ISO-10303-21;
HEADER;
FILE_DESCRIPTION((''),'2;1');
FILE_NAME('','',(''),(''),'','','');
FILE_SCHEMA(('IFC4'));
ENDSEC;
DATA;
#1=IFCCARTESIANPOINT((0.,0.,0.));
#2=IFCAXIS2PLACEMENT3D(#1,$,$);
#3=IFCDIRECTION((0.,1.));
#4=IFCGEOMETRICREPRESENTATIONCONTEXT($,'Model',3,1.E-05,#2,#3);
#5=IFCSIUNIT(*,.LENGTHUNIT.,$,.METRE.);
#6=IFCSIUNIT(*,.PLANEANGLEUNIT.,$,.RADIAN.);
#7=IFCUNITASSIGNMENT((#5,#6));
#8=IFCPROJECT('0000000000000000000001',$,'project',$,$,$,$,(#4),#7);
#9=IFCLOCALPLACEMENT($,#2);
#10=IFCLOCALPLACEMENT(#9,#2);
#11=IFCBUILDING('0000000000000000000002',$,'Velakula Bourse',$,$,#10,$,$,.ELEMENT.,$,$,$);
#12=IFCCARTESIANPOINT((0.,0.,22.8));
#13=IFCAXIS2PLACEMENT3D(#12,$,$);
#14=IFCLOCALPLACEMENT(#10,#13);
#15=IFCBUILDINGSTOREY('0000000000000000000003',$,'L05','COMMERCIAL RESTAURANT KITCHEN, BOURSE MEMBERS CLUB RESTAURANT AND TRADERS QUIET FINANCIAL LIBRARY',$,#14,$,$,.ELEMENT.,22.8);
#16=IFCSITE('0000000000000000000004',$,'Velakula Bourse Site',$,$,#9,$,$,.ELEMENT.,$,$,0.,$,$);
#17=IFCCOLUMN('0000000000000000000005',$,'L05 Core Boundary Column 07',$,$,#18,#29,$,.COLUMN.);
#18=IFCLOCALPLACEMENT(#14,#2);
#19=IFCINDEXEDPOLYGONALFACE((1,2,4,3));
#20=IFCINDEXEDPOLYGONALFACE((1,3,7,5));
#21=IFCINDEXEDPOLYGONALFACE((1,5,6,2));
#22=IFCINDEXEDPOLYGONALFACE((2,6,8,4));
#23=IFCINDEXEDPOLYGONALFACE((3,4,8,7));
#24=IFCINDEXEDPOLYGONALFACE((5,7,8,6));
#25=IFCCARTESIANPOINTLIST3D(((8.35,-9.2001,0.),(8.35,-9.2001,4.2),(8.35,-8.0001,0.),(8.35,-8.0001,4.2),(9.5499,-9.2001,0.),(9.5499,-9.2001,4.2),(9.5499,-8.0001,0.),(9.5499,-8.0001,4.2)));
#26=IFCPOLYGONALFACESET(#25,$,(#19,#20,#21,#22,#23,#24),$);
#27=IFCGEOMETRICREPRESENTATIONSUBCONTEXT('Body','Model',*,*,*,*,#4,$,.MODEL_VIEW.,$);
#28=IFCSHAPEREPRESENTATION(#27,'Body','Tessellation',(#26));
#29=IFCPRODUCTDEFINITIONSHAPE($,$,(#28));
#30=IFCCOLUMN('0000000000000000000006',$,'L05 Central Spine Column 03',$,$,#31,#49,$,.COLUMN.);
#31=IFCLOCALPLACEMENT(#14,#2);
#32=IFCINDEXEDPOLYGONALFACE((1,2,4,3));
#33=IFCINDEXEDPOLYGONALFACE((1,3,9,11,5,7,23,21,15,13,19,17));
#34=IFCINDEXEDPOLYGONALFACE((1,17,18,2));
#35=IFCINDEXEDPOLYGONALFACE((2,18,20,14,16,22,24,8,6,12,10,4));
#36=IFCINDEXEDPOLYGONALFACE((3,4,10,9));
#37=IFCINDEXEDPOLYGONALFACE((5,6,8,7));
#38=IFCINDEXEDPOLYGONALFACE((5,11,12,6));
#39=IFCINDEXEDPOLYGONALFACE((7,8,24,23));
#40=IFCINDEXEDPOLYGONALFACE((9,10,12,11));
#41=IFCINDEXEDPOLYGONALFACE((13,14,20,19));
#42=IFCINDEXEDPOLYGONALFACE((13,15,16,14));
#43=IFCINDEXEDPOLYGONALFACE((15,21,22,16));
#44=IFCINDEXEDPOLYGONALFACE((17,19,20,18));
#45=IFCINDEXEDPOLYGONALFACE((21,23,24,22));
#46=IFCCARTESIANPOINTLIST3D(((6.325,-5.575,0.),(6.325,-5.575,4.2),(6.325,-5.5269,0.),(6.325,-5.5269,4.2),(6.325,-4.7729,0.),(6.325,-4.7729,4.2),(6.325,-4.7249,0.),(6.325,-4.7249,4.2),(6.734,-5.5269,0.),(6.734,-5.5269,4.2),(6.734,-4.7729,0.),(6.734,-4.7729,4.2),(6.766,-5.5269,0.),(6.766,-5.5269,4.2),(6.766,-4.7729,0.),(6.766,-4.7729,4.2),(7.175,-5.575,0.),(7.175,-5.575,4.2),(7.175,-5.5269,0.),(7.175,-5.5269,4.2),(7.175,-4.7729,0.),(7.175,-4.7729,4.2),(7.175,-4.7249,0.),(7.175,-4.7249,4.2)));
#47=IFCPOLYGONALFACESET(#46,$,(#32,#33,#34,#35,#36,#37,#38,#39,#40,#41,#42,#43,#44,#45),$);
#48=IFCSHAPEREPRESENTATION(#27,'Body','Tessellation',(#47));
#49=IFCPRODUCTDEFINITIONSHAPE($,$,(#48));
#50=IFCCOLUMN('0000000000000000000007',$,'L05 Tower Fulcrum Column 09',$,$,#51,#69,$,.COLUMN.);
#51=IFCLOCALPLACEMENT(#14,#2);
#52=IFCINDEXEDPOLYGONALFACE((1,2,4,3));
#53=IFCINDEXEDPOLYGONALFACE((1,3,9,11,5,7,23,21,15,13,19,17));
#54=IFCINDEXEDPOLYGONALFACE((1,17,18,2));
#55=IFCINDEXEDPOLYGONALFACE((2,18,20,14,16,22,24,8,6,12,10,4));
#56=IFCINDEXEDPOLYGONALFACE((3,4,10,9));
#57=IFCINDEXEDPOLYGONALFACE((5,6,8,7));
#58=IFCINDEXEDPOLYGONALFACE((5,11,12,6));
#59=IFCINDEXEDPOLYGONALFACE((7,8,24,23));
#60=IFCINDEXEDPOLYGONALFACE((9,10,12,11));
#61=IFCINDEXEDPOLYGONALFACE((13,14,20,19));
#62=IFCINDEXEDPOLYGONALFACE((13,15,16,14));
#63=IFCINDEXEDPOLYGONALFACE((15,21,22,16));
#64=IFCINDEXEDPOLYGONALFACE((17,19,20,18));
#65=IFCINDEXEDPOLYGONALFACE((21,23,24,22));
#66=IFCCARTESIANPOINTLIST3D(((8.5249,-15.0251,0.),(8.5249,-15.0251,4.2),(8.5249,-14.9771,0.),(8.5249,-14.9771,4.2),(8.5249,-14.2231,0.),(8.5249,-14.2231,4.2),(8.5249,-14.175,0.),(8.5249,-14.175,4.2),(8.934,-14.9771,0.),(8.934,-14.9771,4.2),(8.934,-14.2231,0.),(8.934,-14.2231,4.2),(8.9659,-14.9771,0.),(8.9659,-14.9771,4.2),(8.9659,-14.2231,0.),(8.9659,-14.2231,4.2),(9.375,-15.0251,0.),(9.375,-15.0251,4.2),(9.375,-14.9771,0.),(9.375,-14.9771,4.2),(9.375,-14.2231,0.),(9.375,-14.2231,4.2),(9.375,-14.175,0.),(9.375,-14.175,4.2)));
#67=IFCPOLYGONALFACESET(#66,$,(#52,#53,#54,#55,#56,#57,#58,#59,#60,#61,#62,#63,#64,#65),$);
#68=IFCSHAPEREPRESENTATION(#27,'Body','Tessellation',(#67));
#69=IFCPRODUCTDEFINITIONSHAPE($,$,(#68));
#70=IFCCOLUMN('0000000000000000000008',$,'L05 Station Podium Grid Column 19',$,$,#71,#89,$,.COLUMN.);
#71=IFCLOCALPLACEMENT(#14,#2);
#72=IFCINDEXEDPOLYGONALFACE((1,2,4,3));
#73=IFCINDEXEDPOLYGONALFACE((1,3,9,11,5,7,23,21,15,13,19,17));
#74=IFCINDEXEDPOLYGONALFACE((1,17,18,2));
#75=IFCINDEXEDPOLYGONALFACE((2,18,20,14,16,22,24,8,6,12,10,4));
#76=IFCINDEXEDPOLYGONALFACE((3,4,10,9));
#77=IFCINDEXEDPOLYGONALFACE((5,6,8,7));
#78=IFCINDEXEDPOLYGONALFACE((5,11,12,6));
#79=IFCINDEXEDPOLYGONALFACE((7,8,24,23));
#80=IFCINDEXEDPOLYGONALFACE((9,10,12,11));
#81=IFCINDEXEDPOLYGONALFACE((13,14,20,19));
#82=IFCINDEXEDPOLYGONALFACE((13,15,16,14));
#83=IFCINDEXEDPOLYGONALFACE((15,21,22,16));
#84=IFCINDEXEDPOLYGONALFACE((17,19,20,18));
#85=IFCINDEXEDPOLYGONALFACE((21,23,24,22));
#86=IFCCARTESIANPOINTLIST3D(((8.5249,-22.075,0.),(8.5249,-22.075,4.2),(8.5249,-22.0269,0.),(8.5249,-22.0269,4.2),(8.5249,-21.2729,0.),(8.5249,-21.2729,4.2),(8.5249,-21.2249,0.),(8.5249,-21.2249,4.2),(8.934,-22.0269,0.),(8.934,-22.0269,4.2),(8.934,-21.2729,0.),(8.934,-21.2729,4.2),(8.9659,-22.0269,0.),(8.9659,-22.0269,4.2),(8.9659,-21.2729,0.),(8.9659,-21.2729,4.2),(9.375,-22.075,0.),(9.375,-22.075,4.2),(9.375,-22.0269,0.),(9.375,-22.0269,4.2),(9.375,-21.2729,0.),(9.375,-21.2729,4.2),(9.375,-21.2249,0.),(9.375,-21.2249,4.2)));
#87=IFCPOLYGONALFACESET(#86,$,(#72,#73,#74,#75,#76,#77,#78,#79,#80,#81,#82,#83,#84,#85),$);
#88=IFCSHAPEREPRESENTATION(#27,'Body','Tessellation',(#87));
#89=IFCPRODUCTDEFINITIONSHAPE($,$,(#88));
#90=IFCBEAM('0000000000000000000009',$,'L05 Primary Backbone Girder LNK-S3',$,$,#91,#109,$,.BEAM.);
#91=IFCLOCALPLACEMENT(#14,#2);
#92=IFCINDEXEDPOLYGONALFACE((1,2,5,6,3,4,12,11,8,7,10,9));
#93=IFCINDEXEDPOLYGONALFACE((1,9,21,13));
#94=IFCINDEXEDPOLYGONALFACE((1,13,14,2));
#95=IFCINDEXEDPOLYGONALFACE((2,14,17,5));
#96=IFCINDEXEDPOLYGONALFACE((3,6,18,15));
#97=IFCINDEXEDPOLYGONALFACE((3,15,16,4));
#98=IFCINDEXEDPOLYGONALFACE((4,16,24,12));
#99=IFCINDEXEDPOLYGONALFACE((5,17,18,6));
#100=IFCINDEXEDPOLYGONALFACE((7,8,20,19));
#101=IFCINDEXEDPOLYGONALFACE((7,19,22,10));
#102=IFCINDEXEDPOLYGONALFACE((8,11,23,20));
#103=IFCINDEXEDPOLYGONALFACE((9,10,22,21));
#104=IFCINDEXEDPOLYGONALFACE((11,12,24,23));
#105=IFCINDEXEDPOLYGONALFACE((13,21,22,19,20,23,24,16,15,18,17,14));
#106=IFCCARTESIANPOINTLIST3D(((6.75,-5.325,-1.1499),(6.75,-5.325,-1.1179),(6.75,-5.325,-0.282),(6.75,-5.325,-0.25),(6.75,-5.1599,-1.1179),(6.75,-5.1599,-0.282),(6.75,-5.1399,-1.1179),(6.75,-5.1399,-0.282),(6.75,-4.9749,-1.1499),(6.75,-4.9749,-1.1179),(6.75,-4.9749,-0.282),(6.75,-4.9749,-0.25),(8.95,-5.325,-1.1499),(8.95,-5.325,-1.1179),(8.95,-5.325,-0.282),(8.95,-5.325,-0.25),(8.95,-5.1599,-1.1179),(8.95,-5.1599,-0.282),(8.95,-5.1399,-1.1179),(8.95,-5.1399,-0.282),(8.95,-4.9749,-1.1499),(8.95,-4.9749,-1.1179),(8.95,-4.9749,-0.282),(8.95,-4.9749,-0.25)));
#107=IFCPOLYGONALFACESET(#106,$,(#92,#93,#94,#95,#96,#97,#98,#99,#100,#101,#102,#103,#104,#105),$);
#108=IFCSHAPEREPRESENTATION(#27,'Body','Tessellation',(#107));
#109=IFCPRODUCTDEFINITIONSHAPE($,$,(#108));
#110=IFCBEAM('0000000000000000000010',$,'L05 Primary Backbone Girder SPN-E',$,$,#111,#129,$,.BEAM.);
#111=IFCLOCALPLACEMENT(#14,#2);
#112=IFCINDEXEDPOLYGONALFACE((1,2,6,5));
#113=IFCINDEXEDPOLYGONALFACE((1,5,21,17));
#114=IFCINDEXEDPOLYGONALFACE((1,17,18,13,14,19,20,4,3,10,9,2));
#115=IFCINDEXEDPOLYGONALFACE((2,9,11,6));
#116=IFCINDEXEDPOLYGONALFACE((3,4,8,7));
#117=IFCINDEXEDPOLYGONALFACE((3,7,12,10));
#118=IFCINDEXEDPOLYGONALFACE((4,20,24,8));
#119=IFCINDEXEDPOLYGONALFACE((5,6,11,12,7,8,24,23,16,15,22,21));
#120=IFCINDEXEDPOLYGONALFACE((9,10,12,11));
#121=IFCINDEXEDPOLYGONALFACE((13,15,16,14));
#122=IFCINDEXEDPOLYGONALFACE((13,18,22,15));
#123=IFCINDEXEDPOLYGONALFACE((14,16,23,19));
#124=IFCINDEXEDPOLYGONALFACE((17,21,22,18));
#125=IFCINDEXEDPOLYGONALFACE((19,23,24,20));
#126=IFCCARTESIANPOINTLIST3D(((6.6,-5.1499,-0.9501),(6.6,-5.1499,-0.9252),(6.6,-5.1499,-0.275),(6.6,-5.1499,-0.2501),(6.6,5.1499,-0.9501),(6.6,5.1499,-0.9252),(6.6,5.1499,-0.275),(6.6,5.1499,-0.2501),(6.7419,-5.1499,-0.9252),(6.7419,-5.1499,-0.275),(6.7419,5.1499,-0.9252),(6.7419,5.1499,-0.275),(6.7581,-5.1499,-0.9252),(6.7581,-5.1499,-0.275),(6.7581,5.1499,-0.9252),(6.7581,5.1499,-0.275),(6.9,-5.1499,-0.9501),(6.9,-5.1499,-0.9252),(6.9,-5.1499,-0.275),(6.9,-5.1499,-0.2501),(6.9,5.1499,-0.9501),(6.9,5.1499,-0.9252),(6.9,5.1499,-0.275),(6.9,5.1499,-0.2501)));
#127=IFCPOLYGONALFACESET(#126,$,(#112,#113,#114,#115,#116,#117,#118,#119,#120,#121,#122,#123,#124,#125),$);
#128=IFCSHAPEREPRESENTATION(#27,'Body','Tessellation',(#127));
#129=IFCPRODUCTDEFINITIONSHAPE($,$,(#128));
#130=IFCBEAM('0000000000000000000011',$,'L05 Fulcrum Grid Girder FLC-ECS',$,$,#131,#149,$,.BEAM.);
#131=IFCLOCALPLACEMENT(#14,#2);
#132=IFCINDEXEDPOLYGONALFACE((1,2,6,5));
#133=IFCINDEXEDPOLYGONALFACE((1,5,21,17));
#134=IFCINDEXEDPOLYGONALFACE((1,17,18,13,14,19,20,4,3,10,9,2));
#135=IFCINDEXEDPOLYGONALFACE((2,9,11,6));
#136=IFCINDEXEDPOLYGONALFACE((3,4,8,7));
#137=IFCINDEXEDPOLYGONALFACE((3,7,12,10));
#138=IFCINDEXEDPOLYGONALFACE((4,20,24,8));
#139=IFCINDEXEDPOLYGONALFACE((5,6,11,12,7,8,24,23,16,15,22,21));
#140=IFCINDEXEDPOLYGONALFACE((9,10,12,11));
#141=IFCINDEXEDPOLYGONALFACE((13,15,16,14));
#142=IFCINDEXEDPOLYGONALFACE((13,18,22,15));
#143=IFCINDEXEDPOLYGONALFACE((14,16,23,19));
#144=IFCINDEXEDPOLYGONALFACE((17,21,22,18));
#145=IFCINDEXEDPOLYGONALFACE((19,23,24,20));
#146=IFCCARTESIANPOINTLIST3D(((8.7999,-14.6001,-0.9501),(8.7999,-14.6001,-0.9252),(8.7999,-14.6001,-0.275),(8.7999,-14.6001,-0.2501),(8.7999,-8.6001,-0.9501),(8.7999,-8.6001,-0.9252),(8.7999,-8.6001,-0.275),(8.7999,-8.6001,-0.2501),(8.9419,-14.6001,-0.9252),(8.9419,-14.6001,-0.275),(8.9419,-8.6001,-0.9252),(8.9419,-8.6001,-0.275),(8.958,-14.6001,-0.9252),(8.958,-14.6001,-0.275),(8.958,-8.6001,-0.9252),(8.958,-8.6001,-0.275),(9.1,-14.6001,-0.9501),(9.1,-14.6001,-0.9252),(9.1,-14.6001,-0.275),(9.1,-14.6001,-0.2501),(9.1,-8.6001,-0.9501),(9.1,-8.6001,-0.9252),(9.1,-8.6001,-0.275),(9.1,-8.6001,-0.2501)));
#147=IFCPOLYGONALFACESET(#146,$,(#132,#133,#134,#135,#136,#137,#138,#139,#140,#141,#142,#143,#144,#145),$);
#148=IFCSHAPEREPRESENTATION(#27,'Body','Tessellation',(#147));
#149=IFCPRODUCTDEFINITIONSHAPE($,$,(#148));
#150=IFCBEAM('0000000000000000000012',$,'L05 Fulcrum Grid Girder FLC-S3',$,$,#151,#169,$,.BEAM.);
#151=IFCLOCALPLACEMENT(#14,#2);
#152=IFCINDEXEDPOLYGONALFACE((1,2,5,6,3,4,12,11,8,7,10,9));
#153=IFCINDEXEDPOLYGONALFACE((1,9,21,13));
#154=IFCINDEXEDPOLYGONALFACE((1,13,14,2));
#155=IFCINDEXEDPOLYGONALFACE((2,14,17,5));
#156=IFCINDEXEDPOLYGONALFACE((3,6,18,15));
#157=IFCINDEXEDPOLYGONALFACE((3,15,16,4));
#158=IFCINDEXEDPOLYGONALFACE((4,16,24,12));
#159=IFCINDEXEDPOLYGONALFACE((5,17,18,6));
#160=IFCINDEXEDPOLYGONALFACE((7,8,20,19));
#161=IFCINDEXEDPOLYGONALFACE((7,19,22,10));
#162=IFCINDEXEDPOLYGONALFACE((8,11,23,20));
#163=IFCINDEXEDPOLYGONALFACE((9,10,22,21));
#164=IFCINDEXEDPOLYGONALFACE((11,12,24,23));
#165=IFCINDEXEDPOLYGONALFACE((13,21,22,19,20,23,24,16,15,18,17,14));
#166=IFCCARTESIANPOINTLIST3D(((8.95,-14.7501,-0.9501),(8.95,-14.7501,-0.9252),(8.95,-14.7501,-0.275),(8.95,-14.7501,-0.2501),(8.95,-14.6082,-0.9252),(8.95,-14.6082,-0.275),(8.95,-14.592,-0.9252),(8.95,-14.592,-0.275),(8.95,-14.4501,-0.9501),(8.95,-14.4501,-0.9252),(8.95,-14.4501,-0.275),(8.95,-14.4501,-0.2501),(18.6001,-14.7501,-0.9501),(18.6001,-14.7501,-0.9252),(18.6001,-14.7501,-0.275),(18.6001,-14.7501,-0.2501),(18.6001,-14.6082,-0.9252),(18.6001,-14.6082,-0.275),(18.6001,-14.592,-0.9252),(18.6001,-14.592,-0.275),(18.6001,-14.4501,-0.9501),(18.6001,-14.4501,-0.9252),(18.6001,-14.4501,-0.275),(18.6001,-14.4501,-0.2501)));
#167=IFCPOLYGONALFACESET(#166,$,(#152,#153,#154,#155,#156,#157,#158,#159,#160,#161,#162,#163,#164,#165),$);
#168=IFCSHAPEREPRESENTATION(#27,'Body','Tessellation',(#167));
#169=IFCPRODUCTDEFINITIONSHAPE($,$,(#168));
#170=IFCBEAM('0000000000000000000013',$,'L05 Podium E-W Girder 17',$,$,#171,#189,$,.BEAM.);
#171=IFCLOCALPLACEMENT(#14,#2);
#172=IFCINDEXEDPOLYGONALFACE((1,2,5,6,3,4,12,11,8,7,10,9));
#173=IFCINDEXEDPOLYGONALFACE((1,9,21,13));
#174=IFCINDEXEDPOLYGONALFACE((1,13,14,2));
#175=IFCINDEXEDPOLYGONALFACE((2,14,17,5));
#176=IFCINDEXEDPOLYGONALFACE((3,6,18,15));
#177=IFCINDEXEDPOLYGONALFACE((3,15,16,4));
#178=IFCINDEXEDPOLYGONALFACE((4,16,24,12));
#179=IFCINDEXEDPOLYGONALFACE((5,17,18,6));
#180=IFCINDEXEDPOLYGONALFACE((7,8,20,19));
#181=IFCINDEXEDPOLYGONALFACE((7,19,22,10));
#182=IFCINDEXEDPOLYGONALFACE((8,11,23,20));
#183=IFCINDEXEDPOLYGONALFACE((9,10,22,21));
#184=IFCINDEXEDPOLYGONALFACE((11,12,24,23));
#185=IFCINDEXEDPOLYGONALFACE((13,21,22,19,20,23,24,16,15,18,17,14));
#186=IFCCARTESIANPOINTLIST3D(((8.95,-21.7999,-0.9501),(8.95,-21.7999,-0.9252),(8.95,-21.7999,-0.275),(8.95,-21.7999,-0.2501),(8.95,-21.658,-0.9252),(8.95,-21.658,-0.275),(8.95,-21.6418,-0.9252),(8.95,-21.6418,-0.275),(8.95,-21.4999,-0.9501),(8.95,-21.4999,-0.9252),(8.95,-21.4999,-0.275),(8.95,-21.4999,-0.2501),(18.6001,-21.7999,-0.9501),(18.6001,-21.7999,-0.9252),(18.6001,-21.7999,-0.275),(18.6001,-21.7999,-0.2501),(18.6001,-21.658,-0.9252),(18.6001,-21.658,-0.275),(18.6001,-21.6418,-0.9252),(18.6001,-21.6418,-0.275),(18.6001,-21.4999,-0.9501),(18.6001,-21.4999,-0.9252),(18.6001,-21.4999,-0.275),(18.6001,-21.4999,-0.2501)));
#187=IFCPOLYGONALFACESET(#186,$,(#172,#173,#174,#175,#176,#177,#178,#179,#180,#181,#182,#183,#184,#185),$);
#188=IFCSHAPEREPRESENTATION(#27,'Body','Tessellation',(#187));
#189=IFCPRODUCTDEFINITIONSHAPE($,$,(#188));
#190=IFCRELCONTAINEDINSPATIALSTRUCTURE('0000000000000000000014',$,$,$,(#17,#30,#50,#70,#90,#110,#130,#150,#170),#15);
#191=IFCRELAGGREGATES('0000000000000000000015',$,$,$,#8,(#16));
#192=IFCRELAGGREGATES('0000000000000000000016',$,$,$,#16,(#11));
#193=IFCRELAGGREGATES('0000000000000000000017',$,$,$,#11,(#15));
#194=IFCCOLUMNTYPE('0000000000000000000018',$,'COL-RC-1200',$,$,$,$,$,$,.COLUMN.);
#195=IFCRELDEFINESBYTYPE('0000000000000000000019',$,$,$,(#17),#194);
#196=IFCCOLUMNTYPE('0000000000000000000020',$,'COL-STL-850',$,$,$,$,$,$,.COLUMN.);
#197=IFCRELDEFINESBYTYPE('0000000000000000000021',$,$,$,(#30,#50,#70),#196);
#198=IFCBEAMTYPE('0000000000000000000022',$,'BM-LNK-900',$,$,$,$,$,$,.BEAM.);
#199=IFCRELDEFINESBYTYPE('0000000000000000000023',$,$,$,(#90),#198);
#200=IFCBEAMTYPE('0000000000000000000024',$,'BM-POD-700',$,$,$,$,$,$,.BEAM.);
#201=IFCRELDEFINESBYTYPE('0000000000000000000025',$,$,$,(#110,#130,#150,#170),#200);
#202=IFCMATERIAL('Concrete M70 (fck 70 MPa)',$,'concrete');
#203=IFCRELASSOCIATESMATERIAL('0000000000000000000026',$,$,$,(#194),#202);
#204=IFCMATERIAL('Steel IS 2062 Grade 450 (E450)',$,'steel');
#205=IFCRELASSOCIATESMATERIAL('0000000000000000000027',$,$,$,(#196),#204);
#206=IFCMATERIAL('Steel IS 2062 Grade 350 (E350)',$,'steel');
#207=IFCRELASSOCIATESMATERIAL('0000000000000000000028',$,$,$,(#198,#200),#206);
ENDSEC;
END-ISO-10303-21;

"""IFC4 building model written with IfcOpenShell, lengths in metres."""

from ifc_helpers import new_model, si_unit, direction, frame, origin, origin_2d, place, context, subcontext, project, spatial, rectangle, i_section, extrude, material, material_profile, profile_set, type_object, element, save


model = new_model("IFC4")

# Units and contexts
model_context = context("Model", 3, precision=1e-05, world=origin(), true_north=direction((0.0, 1.0)))
body_context = subcontext(model_context, "Body", "Model", "MODEL_VIEW")
ifc_project = project(units=[si_unit("LENGTHUNIT", "METRE"), si_unit("PLANEANGLEUNIT", "RADIAN")], contexts=[model_context])

# Site, building, storey
site_placement = place(None, origin())
site = spatial("IfcSite", under=ifc_project, at=site_placement, Name="Velakula Bourse Site", CompositionType="ELEMENT", RefElevation=0.0)
building_placement = place(site_placement, origin())
building = spatial("IfcBuilding", under=site, at=building_placement, Name="Velakula Bourse", CompositionType="ELEMENT")
storey_placement = place(building_placement, frame((0.0, 0.0, 22.8)))
storey = spatial("IfcBuildingStorey", under=building, at=storey_placement, Name="L05", Description="COMMERCIAL RESTAURANT KITCHEN, BOURSE MEMBERS CLUB RESTAURANT AND TRADERS QUIET FINANCIAL LIBRARY", CompositionType="ELEMENT", Elevation=22.8)

# Columns
ifc_material_1 = material(Name="Concrete M70 (fck 70 MPa)", Category="concrete")
ifc_material_profile_1 = material_profile(ifc_material_1, rectangle(XDim=1.2, YDim=1.2, at=origin_2d()), Name="Concrete M70 (fck 70 MPa)")
ifc_profile_set_1 = profile_set([ifc_material_profile_1], Name="Concrete M70 (fck 70 MPa)")
column_type_1 = type_object("IfcColumnType", Name="COL-RC-1200", PredefinedType="COLUMN", material=ifc_profile_set_1)
column_placement = place(storey_placement, frame((8.95, -8.6001, 0.0), z_axis=(0.0, 0.0, 1.0), x_axis=(1.0, 0.0, 0.0)))
element("IfcColumn", 1, at=column_placement, inside=storey, type_object=column_type_1, Name="L05 Core Boundary Column 07", PredefinedType="COLUMN", context=body_context, shape_type="SweptSolid", body=[
    extrude(rectangle(XDim=1.2, YDim=1.2, at=origin_2d()), origin(), (0.0, 0.0, 1.0), 4.2),
])
ifc_material_2 = material(Name="Steel IS 2062 Grade 450 (E450)", Category="steel")
ifc_material_profile_2 = material_profile(ifc_material_2, i_section(OverallWidth=0.8501, OverallDepth=0.8501, WebThickness=0.032, FlangeThickness=0.0481, at=origin_2d()), Name="Steel IS 2062 Grade 450 (E450)")
ifc_profile_set_2 = profile_set([ifc_material_profile_2], Name="Steel IS 2062 Grade 450 (E450)")
column_type_2 = type_object("IfcColumnType", Name="COL-STL-850", PredefinedType="COLUMN", material=ifc_profile_set_2)
for number, where, z_axis, x_axis, name in (
    (2, (6.75, -5.1499, 0.0), (0.0, 0.0, 1.0), (1.0, 0.0, 0.0), "L05 Central Spine Column 03"),
    (3, (8.95, -14.6001, 0.0), (0.0, 0.0, 1.0), (1.0, 0.0, 0.0), "L05 Tower Fulcrum Column 09"),
    (4, (8.95, -21.6499, 0.0), (0.0, 0.0, 1.0), (1.0, 0.0, 0.0), "L05 Station Podium Grid Column 19"),
):
    element("IfcColumn", number, at=place(storey_placement, frame(where, z_axis=z_axis, x_axis=x_axis)), inside=storey, type_object=column_type_2, Name=name, PredefinedType="COLUMN", context=body_context, shape_type="SweptSolid", body=[
        extrude(i_section(OverallWidth=0.8501, OverallDepth=0.8501, WebThickness=0.032, FlangeThickness=0.0481, at=origin_2d()), origin(), (0.0, 0.0, 1.0), 4.2),
    ])

# Beams
ifc_material_3 = material(Name="Steel IS 2062 Grade 350 (E350)", Category="steel")
ifc_material_profile_3 = material_profile(ifc_material_3, i_section(OverallWidth=0.3501, OverallDepth=0.8999, WebThickness=0.02, FlangeThickness=0.032, at=origin_2d()), Name="Steel IS 2062 Grade 350 (E350)")
ifc_profile_set_3 = profile_set([ifc_material_profile_3], Name="Steel IS 2062 Grade 350 (E350)")
beam_type_1 = type_object("IfcBeamType", Name="BM-LNK-900", PredefinedType="BEAM", material=ifc_profile_set_3)
beam_1_placement = place(storey_placement, frame((6.75, -5.1499, -0.7), z_axis=(1.0, 0.0, 0.0), x_axis=(0.0, 1.0, 0.0)))
element("IfcBeam", 5, at=beam_1_placement, inside=storey, type_object=beam_type_1, Name="L05 Primary Backbone Girder LNK-S3", PredefinedType="BEAM", context=body_context, shape_type="SweptSolid", body=[
    extrude(i_section(OverallWidth=0.3501, OverallDepth=0.8999, WebThickness=0.02, FlangeThickness=0.032, at=origin_2d()), origin(), (0.0, 0.0, 1.0), 2.2),
])
ifc_material_profile_4 = material_profile(ifc_material_3, i_section(OverallWidth=0.3, OverallDepth=0.7, WebThickness=0.0161, FlangeThickness=0.0249, at=origin_2d()), Name="Steel IS 2062 Grade 350 (E350)")
ifc_profile_set_4 = profile_set([ifc_material_profile_4], Name="Steel IS 2062 Grade 350 (E350)")
beam_type_2 = type_object("IfcBeamType", Name="BM-POD-700", PredefinedType="BEAM", material=ifc_profile_set_4)
beam_2_placement = place(storey_placement, frame((6.75, -5.1499, -0.6001), z_axis=(0.0, 1.0, 0.0), x_axis=(-1.0, 0.0, 0.0)))
element("IfcBeam", 6, at=beam_2_placement, inside=storey, type_object=beam_type_2, Name="L05 Primary Backbone Girder SPN-E", PredefinedType="BEAM", context=body_context, shape_type="SweptSolid", body=[
    extrude(i_section(OverallWidth=0.3, OverallDepth=0.7, WebThickness=0.0161, FlangeThickness=0.0249, at=origin_2d()), origin(), (0.0, 0.0, 1.0), 10.2998),
])
beam_3_placement = place(storey_placement, frame((8.95, -14.6001, -0.6001), z_axis=(0.0, 1.0, 0.0), x_axis=(-1.0, 0.0, 0.0)))
element("IfcBeam", 7, at=beam_3_placement, inside=storey, type_object=beam_type_2, Name="L05 Fulcrum Grid Girder FLC-ECS", PredefinedType="BEAM", context=body_context, shape_type="SweptSolid", body=[
    extrude(i_section(OverallWidth=0.3, OverallDepth=0.7, WebThickness=0.0161, FlangeThickness=0.0249, at=origin_2d()), origin(), (0.0, 0.0, 1.0), 6.0),
])
for number, where, z_axis, x_axis, name in (
    (8, (8.95, -14.6001, -0.6001), (1.0, 0.0, 0.0), (0.0, 1.0, 0.0), "L05 Fulcrum Grid Girder FLC-S3"),
    (9, (8.95, -21.6499, -0.6001), (1.0, 0.0, 0.0), (0.0, 1.0, 0.0), "L05 Podium E-W Girder 17"),
):
    element("IfcBeam", number, at=place(storey_placement, frame(where, z_axis=z_axis, x_axis=x_axis)), inside=storey, type_object=beam_type_2, Name=name, PredefinedType="BEAM", context=body_context, shape_type="SweptSolid", body=[
        extrude(i_section(OverallWidth=0.3, OverallDepth=0.7, WebThickness=0.0161, FlangeThickness=0.0249, at=origin_2d()), origin(), (0.0, 0.0, 1.0), 9.6501),
    ])

save(model, "model.ifc")
